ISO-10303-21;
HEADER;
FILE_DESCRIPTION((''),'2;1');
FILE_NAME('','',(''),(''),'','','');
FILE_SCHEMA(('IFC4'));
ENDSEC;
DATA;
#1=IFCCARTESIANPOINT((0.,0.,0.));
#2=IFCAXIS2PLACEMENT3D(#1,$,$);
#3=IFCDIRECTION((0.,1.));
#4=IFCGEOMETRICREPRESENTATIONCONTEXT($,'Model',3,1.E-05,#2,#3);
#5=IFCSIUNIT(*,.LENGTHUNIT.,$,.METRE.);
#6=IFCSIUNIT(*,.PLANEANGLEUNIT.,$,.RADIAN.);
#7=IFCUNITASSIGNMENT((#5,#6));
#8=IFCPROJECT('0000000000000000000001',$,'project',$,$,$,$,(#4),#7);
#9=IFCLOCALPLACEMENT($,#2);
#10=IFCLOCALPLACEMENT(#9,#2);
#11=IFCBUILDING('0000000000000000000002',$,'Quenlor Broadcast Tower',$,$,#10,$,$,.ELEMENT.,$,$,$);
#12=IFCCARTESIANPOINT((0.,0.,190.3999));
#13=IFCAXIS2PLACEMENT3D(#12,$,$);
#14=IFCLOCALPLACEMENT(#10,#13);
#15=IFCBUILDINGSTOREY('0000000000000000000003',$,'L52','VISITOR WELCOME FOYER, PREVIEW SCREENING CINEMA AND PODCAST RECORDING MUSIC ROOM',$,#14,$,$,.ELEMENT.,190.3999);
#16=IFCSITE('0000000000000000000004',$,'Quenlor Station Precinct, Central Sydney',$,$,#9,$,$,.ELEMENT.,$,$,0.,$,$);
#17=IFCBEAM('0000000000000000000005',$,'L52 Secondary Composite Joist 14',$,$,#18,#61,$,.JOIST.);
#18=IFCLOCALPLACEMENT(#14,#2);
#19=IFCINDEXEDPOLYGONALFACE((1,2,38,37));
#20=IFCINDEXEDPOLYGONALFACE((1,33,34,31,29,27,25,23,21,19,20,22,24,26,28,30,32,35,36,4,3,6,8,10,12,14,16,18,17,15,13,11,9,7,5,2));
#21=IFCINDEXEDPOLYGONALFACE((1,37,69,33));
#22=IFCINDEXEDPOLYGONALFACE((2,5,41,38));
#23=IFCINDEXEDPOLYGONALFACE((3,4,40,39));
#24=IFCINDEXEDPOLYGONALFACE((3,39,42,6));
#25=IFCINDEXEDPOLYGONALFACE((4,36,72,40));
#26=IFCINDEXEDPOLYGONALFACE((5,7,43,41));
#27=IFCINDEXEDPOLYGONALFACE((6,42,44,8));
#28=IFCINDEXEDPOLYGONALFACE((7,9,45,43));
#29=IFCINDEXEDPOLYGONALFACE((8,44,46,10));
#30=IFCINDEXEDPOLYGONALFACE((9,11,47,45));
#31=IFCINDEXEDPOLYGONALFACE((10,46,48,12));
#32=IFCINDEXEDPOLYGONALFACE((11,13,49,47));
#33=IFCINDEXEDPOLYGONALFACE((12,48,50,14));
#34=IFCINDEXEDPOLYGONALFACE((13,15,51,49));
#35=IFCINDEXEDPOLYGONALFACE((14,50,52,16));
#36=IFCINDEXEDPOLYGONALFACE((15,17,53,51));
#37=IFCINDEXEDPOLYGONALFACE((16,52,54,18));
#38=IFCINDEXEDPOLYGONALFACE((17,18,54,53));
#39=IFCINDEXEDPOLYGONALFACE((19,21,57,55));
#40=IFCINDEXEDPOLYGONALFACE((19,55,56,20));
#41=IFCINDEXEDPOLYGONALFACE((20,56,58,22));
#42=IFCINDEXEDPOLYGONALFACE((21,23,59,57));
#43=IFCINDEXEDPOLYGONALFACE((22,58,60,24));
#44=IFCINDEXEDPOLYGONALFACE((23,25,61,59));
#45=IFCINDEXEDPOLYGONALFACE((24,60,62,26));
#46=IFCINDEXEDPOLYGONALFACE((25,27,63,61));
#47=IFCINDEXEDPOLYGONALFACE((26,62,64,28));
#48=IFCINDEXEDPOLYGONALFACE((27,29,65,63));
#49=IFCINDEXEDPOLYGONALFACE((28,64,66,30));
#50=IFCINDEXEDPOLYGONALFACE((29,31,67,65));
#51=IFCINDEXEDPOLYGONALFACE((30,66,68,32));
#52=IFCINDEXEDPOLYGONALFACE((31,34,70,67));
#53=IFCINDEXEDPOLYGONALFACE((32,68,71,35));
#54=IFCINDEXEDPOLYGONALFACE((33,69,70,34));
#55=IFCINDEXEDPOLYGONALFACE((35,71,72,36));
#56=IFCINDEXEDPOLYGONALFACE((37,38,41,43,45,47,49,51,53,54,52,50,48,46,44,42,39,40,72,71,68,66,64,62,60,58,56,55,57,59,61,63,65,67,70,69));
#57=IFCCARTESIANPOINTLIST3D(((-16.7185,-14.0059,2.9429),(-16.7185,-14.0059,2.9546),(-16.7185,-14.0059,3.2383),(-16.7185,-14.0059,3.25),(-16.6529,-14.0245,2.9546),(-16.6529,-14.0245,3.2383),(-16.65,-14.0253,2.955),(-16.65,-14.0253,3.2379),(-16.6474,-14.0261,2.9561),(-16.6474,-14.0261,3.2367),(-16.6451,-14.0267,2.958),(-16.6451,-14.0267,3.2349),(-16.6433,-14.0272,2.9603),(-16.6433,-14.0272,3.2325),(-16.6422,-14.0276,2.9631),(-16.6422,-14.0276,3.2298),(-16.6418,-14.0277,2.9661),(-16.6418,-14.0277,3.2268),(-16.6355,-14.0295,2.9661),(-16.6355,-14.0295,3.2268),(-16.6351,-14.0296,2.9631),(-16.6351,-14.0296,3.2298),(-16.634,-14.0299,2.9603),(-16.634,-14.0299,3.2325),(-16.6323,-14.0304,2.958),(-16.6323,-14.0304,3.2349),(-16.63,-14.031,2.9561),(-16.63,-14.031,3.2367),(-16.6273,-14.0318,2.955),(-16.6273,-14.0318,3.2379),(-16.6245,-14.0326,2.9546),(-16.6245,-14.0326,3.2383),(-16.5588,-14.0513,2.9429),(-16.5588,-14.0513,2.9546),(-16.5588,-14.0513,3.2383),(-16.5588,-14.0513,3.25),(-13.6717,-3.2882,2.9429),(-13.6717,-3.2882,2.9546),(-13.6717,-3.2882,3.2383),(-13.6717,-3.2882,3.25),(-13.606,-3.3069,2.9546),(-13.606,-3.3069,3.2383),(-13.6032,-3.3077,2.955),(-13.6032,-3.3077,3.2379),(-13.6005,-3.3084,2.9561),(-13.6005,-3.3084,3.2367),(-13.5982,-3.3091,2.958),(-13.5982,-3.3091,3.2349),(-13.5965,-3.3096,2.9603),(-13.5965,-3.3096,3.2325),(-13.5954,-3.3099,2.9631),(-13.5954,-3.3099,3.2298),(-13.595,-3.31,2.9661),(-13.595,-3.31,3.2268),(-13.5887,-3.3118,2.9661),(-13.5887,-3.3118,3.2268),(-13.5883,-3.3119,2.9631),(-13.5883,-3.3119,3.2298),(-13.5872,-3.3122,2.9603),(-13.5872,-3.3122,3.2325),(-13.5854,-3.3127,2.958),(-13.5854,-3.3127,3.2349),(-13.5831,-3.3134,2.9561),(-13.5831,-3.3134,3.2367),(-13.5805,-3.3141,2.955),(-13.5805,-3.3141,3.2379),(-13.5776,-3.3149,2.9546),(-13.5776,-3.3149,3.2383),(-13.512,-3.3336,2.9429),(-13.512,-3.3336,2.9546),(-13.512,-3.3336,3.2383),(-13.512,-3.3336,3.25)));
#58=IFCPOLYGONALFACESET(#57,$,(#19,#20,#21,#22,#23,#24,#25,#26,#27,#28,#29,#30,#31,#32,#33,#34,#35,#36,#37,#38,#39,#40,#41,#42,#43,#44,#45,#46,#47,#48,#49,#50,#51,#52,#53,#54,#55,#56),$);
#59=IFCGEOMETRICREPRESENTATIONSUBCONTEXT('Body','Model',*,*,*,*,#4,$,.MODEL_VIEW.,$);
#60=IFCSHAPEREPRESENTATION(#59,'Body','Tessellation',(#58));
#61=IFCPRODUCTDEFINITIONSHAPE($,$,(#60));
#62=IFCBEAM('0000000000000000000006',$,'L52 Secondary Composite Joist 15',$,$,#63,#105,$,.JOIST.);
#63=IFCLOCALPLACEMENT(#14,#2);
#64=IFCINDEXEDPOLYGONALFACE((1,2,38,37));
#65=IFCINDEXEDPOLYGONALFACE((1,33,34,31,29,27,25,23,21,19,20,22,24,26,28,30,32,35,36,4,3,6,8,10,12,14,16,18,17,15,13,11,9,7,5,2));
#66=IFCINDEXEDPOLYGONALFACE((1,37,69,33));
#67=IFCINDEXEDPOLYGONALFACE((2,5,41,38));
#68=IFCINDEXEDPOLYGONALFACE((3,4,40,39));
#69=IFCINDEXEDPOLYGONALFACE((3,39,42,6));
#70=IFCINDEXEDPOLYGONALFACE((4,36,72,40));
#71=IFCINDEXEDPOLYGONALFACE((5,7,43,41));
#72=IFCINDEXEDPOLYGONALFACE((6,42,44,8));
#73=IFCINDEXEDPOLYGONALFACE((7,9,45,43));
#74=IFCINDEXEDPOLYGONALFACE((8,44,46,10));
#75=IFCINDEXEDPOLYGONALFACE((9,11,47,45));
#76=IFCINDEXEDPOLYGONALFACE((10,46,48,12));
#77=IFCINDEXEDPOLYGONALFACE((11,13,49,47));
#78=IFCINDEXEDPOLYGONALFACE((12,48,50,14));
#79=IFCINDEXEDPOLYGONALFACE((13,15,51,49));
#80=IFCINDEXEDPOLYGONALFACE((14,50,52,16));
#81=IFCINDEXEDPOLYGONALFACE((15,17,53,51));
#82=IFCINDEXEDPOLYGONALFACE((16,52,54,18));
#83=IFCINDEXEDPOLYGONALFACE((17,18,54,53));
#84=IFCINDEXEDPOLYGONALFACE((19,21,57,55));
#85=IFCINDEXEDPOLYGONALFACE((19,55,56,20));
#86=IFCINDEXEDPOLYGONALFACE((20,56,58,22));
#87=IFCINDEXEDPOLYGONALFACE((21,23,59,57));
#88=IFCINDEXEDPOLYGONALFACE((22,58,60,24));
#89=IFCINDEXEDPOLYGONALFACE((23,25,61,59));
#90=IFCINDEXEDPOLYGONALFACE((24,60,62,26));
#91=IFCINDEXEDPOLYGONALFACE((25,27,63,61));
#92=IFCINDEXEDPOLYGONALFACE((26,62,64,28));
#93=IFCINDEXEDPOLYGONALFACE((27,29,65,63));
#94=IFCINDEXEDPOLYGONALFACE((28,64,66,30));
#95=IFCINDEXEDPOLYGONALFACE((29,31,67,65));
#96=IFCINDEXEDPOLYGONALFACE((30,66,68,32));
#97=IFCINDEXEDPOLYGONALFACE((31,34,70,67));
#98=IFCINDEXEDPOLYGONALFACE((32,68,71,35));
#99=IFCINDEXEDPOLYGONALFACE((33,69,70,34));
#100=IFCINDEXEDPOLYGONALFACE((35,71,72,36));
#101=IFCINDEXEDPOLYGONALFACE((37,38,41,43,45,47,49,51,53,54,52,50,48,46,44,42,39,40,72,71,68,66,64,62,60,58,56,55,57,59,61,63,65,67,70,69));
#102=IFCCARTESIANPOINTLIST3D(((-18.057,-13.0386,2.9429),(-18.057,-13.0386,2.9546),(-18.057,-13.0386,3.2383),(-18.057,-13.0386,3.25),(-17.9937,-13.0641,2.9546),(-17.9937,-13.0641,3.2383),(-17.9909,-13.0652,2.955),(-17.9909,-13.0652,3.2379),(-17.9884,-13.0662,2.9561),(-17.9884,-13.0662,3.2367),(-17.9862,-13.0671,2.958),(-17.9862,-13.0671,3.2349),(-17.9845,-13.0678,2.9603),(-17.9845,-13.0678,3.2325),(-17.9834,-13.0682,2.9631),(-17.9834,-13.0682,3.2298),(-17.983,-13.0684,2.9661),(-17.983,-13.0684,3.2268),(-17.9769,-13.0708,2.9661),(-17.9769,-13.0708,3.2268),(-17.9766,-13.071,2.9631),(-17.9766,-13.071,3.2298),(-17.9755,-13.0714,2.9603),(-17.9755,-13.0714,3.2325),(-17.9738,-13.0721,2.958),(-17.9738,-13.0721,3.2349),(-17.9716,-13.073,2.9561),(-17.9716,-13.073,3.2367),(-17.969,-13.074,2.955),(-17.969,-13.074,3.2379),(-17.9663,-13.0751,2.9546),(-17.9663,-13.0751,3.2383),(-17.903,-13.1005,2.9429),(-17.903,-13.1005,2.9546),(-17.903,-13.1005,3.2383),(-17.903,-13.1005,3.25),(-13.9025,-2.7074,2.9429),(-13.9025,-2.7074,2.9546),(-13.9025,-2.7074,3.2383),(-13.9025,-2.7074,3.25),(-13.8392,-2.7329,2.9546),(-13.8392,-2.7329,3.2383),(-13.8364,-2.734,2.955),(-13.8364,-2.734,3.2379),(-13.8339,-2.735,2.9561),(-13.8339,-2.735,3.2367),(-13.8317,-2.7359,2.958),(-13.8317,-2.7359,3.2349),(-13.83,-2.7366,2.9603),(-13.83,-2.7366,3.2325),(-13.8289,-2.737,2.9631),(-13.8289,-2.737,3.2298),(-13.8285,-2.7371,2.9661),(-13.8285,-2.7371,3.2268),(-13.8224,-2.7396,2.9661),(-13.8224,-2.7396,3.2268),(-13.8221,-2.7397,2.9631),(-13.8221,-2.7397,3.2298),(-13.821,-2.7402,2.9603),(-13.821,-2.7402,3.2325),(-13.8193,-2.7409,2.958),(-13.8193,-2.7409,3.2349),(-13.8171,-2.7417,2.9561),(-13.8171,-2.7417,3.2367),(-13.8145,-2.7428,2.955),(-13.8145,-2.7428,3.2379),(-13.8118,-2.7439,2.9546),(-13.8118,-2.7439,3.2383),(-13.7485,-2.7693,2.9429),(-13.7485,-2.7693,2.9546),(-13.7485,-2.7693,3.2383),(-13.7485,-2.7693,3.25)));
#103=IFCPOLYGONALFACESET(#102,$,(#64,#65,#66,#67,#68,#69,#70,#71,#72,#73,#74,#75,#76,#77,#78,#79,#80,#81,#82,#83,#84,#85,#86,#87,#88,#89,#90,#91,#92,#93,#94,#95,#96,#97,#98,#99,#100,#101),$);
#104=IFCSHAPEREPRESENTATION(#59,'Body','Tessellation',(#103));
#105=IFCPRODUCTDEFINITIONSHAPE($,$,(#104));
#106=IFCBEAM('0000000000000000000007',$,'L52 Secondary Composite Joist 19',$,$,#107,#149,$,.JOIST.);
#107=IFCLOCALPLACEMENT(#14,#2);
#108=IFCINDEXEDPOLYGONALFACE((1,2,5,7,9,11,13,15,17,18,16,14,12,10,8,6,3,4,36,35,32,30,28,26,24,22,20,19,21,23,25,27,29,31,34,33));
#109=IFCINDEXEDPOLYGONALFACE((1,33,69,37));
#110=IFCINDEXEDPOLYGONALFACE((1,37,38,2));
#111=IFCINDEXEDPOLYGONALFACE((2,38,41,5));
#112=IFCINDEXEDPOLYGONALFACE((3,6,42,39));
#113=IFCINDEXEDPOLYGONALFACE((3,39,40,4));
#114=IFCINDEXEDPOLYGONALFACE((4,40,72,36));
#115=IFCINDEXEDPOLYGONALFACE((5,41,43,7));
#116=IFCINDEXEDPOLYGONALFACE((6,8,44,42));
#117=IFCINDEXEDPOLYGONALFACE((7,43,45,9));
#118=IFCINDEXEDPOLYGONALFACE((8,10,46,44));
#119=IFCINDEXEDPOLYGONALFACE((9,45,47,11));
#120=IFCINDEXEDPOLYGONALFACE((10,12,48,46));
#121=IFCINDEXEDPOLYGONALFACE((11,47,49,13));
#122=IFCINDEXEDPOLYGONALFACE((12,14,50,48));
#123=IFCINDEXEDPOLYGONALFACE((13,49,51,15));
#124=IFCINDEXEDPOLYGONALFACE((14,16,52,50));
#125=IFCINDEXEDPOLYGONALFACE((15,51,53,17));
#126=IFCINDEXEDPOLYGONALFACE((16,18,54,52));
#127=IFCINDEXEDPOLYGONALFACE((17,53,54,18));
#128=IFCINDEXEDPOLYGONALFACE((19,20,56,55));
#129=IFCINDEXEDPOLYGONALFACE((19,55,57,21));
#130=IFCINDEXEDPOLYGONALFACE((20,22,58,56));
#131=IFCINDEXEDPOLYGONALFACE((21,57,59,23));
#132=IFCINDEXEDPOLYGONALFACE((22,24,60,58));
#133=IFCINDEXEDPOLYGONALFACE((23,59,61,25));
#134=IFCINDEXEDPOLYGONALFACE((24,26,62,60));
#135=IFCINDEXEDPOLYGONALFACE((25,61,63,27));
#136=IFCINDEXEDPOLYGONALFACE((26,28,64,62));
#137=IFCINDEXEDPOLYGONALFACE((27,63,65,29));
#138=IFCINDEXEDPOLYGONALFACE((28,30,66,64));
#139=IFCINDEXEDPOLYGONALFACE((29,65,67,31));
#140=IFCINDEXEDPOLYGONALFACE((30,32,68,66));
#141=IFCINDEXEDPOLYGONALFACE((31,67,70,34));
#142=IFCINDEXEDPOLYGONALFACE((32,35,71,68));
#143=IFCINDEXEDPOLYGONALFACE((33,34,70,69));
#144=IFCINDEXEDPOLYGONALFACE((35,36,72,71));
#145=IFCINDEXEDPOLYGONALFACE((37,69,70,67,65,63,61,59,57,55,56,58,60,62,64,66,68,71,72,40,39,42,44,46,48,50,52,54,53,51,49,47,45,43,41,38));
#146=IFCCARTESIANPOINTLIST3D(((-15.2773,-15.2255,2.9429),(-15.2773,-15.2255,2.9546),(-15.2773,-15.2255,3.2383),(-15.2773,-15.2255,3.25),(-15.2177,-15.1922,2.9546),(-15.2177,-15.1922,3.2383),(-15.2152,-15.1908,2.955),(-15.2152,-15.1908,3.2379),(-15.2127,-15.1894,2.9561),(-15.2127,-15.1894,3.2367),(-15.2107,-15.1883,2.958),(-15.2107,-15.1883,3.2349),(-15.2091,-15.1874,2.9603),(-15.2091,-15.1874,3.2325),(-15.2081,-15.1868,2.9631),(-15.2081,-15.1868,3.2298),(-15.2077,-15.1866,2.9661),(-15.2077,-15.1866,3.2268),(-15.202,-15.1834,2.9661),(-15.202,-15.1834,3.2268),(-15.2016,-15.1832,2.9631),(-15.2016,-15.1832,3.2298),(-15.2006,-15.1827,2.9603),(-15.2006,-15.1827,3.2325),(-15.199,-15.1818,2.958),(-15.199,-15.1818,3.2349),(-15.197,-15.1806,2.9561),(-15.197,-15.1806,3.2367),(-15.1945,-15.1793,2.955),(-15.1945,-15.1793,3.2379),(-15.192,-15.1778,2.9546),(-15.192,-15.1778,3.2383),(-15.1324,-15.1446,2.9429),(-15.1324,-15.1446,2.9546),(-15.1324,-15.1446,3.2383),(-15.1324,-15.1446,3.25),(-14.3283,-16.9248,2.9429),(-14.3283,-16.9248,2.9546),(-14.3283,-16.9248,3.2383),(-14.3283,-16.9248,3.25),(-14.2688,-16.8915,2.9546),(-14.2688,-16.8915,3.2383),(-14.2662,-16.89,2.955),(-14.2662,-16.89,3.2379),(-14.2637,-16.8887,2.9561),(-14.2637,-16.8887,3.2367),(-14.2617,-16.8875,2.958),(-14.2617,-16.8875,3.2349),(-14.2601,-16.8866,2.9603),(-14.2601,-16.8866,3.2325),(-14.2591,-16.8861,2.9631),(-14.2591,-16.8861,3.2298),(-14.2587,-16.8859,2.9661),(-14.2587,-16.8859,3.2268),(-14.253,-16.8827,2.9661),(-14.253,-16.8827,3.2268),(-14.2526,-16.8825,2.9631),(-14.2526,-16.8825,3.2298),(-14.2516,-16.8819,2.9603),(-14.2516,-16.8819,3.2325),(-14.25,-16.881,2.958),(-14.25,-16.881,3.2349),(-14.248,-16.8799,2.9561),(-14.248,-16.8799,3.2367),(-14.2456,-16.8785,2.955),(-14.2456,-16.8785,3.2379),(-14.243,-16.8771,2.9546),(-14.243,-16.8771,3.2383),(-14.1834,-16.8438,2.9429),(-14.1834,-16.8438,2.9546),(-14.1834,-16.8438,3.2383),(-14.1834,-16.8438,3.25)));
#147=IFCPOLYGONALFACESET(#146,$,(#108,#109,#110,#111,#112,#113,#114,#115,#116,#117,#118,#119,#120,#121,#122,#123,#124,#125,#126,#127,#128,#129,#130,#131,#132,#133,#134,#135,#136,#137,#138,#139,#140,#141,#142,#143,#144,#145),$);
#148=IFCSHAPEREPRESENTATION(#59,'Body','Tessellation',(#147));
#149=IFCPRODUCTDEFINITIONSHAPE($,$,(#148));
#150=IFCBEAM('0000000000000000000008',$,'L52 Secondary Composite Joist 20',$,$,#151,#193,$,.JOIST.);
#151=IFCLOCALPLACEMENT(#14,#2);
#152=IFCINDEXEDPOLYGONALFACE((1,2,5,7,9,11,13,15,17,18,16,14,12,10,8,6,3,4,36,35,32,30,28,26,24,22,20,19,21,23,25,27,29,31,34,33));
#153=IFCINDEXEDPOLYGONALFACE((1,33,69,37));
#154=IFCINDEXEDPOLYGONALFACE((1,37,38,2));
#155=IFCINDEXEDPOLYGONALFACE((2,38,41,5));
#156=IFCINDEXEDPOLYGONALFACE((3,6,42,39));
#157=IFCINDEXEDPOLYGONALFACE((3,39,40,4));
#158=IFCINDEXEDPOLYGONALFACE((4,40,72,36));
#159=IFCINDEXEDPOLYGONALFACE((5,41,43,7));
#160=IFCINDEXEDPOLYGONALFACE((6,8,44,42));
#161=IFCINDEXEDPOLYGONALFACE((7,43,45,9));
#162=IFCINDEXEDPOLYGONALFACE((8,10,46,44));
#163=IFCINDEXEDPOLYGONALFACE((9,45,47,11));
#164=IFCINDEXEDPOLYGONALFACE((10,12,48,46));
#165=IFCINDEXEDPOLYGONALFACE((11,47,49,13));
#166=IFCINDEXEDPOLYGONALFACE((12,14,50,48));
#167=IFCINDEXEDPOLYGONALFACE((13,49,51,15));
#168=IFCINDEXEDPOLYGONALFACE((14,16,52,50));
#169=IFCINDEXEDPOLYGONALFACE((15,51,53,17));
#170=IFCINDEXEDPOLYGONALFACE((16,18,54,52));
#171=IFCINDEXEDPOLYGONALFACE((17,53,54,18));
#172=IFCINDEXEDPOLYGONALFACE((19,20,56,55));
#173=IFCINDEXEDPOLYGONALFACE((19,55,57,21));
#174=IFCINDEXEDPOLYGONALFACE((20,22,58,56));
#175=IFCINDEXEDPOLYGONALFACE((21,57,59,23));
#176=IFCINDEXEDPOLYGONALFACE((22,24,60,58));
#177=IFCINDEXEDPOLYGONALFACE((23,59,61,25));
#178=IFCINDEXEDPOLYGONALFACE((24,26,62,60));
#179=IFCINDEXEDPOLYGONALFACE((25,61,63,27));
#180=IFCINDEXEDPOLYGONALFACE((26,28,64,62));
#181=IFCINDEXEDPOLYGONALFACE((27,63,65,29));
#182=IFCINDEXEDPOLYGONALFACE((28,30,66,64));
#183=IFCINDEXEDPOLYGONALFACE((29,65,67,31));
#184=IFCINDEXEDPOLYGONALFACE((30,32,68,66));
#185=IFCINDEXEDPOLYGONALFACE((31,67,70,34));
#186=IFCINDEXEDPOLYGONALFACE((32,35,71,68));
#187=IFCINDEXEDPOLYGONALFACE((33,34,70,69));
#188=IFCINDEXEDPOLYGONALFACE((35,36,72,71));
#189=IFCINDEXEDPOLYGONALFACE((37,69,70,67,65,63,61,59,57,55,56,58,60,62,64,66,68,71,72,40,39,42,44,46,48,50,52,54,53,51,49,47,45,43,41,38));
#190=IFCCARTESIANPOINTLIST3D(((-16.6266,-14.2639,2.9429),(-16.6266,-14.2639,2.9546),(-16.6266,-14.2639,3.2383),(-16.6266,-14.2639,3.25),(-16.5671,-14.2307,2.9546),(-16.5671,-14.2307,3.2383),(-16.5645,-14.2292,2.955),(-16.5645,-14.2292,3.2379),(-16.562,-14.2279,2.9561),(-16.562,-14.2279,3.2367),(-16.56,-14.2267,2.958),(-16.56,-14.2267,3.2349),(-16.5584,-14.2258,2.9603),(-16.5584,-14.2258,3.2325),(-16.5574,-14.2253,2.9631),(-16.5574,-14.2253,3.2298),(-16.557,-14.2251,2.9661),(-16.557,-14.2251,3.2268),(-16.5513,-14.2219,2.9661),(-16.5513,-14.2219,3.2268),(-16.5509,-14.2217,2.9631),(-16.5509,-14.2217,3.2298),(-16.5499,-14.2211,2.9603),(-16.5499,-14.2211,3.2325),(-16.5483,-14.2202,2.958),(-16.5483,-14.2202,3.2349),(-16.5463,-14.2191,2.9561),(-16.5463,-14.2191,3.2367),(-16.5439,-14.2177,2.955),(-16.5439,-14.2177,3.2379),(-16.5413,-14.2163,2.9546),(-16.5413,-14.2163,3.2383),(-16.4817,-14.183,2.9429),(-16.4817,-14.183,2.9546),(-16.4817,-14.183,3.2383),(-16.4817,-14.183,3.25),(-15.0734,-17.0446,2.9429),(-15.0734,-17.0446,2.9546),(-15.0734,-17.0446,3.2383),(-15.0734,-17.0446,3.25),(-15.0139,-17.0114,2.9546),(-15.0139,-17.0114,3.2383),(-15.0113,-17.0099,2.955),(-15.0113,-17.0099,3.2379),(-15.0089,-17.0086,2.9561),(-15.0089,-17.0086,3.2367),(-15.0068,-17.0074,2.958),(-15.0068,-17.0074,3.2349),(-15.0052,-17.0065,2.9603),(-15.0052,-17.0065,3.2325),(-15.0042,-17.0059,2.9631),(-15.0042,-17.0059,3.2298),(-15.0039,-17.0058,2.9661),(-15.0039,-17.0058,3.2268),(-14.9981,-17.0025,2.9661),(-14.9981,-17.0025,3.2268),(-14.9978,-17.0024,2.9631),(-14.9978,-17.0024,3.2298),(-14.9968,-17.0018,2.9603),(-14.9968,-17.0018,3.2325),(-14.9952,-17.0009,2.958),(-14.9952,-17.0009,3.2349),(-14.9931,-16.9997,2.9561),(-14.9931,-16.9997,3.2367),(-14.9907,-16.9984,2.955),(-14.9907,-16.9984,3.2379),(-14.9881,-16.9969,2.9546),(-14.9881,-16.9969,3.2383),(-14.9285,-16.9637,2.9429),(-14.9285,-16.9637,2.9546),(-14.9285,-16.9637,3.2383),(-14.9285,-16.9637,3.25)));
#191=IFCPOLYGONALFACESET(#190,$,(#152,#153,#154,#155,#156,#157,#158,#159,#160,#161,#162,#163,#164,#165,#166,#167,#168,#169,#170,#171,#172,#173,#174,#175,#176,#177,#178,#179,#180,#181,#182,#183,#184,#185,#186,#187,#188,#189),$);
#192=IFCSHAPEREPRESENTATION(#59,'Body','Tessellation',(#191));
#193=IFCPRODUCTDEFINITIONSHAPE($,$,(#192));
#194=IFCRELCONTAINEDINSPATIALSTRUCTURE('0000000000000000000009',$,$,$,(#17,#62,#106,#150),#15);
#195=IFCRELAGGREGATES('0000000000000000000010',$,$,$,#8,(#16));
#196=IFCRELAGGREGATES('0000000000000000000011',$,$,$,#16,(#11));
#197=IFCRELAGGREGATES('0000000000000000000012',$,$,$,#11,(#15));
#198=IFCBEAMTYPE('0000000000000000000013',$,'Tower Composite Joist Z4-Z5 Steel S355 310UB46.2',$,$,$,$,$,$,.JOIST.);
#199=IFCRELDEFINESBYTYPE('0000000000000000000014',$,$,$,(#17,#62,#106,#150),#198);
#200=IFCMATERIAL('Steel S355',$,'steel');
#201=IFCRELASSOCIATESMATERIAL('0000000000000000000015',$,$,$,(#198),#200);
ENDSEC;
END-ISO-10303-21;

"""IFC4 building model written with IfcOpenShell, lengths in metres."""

from ifc_helpers import new_model, si_unit, direction, frame, origin, origin_2d, place, context, subcontext, project, spatial, i_section, extrude, material, material_profile, profile_set, type_object, element, save


model = new_model("IFC4")

# Units and contexts
model_context = context("Model", 3, precision=1e-05, world=origin(), true_north=direction((0.0, 1.0)))
body_context = subcontext(model_context, "Body", "Model", "MODEL_VIEW")
ifc_project = project(units=[si_unit("LENGTHUNIT", "METRE"), si_unit("PLANEANGLEUNIT", "RADIAN")], contexts=[model_context])

# Site, building, storey
site_placement = place(None, origin())
site = spatial("IfcSite", under=ifc_project, at=site_placement, Name="Quenlor Station Precinct, Central Sydney", CompositionType="ELEMENT", RefElevation=0.0)
building_placement = place(site_placement, origin())
building = spatial("IfcBuilding", under=site, at=building_placement, Name="Quenlor Broadcast Tower", CompositionType="ELEMENT")
storey_placement = place(building_placement, frame((0.0, 0.0, 190.3999)))
storey = spatial("IfcBuildingStorey", under=building, at=storey_placement, Name="L52", Description="VISITOR WELCOME FOYER, PREVIEW SCREENING CINEMA AND PODCAST RECORDING MUSIC ROOM", CompositionType="ELEMENT", Elevation=190.3999)

# Beams
ifc_material_1 = material(Name="Steel S355", Category="steel")
ifc_material_profile_1 = material_profile(ifc_material_1, i_section(OverallWidth=0.166, OverallDepth=0.3071, WebThickness=0.0066, FlangeThickness=0.0117, FilletRadius=0.0115, at=origin_2d()))
ifc_profile_set_1 = profile_set([ifc_material_profile_1], Name="Steel S355 310UB46.2")
beam_type_1 = type_object("IfcBeamType", Name="Tower Composite Joist Z4-Z5 Steel S355 310UB46.2", PredefinedType="JOIST", material=ifc_profile_set_1)
beam_1_placement = place(storey_placement, frame((-16.6387, -14.0286, 3.0964), z_axis=(0.273448, 0.961887, 0.0), x_axis=(-0.961887, 0.273448, 0.0)))
element("IfcBeam", 1, at=beam_1_placement, inside=storey, type_object=beam_type_1, Name="L52 Secondary Composite Joist 14", PredefinedType="JOIST", context=body_context, shape_type="SweptSolid", body=[
    extrude(i_section(OverallWidth=0.166, OverallDepth=0.3071, WebThickness=0.0066, FlangeThickness=0.0117, FilletRadius=0.0115, at=origin_2d()), origin(), (0.0, 0.0, 1.0), 11.1423),
])
beam_2_placement = place(storey_placement, frame((-17.98, -13.0696, 3.0964), z_axis=(0.373095, 0.927793, 0.0), x_axis=(-0.927793, 0.373095, 0.0)))
element("IfcBeam", 2, at=beam_2_placement, inside=storey, type_object=beam_type_1, Name="L52 Secondary Composite Joist 15", PredefinedType="JOIST", context=body_context, shape_type="SweptSolid", body=[
    extrude(i_section(OverallWidth=0.166, OverallDepth=0.3071, WebThickness=0.0066, FlangeThickness=0.0117, FilletRadius=0.0115, at=origin_2d()), origin(), (0.0, 0.0, 1.0), 11.1353),
])
beam_3_placement = place(storey_placement, frame((-14.2559, -16.8843, 3.0964), z_axis=(-0.487591, 0.873072, 0.0), x_axis=(-0.873072, -0.487591, 0.0)))
element("IfcBeam", 3, at=beam_3_placement, inside=storey, type_object=beam_type_1, Name="L52 Secondary Composite Joist 19", PredefinedType="JOIST", context=body_context, shape_type="SweptSolid", body=[
    extrude(i_section(OverallWidth=0.166, OverallDepth=0.3071, WebThickness=0.0066, FlangeThickness=0.0117, FilletRadius=0.0115, at=origin_2d()), origin(), (0.0, 0.0, 1.0), 1.9463),
])
beam_4_placement = place(storey_placement, frame((-15.001, -17.0042, 3.0964), z_axis=(-0.487646, 0.873041, 0.0), x_axis=(-0.873041, -0.487646, 0.0)))
element("IfcBeam", 4, at=beam_4_placement, inside=storey, type_object=beam_type_1, Name="L52 Secondary Composite Joist 20", PredefinedType="JOIST", context=body_context, shape_type="SweptSolid", body=[
    extrude(i_section(OverallWidth=0.166, OverallDepth=0.3071, WebThickness=0.0066, FlangeThickness=0.0117, FilletRadius=0.0115, at=origin_2d()), origin(), (0.0, 0.0, 1.0), 3.1851),
])

save(model, "model.ifc")
